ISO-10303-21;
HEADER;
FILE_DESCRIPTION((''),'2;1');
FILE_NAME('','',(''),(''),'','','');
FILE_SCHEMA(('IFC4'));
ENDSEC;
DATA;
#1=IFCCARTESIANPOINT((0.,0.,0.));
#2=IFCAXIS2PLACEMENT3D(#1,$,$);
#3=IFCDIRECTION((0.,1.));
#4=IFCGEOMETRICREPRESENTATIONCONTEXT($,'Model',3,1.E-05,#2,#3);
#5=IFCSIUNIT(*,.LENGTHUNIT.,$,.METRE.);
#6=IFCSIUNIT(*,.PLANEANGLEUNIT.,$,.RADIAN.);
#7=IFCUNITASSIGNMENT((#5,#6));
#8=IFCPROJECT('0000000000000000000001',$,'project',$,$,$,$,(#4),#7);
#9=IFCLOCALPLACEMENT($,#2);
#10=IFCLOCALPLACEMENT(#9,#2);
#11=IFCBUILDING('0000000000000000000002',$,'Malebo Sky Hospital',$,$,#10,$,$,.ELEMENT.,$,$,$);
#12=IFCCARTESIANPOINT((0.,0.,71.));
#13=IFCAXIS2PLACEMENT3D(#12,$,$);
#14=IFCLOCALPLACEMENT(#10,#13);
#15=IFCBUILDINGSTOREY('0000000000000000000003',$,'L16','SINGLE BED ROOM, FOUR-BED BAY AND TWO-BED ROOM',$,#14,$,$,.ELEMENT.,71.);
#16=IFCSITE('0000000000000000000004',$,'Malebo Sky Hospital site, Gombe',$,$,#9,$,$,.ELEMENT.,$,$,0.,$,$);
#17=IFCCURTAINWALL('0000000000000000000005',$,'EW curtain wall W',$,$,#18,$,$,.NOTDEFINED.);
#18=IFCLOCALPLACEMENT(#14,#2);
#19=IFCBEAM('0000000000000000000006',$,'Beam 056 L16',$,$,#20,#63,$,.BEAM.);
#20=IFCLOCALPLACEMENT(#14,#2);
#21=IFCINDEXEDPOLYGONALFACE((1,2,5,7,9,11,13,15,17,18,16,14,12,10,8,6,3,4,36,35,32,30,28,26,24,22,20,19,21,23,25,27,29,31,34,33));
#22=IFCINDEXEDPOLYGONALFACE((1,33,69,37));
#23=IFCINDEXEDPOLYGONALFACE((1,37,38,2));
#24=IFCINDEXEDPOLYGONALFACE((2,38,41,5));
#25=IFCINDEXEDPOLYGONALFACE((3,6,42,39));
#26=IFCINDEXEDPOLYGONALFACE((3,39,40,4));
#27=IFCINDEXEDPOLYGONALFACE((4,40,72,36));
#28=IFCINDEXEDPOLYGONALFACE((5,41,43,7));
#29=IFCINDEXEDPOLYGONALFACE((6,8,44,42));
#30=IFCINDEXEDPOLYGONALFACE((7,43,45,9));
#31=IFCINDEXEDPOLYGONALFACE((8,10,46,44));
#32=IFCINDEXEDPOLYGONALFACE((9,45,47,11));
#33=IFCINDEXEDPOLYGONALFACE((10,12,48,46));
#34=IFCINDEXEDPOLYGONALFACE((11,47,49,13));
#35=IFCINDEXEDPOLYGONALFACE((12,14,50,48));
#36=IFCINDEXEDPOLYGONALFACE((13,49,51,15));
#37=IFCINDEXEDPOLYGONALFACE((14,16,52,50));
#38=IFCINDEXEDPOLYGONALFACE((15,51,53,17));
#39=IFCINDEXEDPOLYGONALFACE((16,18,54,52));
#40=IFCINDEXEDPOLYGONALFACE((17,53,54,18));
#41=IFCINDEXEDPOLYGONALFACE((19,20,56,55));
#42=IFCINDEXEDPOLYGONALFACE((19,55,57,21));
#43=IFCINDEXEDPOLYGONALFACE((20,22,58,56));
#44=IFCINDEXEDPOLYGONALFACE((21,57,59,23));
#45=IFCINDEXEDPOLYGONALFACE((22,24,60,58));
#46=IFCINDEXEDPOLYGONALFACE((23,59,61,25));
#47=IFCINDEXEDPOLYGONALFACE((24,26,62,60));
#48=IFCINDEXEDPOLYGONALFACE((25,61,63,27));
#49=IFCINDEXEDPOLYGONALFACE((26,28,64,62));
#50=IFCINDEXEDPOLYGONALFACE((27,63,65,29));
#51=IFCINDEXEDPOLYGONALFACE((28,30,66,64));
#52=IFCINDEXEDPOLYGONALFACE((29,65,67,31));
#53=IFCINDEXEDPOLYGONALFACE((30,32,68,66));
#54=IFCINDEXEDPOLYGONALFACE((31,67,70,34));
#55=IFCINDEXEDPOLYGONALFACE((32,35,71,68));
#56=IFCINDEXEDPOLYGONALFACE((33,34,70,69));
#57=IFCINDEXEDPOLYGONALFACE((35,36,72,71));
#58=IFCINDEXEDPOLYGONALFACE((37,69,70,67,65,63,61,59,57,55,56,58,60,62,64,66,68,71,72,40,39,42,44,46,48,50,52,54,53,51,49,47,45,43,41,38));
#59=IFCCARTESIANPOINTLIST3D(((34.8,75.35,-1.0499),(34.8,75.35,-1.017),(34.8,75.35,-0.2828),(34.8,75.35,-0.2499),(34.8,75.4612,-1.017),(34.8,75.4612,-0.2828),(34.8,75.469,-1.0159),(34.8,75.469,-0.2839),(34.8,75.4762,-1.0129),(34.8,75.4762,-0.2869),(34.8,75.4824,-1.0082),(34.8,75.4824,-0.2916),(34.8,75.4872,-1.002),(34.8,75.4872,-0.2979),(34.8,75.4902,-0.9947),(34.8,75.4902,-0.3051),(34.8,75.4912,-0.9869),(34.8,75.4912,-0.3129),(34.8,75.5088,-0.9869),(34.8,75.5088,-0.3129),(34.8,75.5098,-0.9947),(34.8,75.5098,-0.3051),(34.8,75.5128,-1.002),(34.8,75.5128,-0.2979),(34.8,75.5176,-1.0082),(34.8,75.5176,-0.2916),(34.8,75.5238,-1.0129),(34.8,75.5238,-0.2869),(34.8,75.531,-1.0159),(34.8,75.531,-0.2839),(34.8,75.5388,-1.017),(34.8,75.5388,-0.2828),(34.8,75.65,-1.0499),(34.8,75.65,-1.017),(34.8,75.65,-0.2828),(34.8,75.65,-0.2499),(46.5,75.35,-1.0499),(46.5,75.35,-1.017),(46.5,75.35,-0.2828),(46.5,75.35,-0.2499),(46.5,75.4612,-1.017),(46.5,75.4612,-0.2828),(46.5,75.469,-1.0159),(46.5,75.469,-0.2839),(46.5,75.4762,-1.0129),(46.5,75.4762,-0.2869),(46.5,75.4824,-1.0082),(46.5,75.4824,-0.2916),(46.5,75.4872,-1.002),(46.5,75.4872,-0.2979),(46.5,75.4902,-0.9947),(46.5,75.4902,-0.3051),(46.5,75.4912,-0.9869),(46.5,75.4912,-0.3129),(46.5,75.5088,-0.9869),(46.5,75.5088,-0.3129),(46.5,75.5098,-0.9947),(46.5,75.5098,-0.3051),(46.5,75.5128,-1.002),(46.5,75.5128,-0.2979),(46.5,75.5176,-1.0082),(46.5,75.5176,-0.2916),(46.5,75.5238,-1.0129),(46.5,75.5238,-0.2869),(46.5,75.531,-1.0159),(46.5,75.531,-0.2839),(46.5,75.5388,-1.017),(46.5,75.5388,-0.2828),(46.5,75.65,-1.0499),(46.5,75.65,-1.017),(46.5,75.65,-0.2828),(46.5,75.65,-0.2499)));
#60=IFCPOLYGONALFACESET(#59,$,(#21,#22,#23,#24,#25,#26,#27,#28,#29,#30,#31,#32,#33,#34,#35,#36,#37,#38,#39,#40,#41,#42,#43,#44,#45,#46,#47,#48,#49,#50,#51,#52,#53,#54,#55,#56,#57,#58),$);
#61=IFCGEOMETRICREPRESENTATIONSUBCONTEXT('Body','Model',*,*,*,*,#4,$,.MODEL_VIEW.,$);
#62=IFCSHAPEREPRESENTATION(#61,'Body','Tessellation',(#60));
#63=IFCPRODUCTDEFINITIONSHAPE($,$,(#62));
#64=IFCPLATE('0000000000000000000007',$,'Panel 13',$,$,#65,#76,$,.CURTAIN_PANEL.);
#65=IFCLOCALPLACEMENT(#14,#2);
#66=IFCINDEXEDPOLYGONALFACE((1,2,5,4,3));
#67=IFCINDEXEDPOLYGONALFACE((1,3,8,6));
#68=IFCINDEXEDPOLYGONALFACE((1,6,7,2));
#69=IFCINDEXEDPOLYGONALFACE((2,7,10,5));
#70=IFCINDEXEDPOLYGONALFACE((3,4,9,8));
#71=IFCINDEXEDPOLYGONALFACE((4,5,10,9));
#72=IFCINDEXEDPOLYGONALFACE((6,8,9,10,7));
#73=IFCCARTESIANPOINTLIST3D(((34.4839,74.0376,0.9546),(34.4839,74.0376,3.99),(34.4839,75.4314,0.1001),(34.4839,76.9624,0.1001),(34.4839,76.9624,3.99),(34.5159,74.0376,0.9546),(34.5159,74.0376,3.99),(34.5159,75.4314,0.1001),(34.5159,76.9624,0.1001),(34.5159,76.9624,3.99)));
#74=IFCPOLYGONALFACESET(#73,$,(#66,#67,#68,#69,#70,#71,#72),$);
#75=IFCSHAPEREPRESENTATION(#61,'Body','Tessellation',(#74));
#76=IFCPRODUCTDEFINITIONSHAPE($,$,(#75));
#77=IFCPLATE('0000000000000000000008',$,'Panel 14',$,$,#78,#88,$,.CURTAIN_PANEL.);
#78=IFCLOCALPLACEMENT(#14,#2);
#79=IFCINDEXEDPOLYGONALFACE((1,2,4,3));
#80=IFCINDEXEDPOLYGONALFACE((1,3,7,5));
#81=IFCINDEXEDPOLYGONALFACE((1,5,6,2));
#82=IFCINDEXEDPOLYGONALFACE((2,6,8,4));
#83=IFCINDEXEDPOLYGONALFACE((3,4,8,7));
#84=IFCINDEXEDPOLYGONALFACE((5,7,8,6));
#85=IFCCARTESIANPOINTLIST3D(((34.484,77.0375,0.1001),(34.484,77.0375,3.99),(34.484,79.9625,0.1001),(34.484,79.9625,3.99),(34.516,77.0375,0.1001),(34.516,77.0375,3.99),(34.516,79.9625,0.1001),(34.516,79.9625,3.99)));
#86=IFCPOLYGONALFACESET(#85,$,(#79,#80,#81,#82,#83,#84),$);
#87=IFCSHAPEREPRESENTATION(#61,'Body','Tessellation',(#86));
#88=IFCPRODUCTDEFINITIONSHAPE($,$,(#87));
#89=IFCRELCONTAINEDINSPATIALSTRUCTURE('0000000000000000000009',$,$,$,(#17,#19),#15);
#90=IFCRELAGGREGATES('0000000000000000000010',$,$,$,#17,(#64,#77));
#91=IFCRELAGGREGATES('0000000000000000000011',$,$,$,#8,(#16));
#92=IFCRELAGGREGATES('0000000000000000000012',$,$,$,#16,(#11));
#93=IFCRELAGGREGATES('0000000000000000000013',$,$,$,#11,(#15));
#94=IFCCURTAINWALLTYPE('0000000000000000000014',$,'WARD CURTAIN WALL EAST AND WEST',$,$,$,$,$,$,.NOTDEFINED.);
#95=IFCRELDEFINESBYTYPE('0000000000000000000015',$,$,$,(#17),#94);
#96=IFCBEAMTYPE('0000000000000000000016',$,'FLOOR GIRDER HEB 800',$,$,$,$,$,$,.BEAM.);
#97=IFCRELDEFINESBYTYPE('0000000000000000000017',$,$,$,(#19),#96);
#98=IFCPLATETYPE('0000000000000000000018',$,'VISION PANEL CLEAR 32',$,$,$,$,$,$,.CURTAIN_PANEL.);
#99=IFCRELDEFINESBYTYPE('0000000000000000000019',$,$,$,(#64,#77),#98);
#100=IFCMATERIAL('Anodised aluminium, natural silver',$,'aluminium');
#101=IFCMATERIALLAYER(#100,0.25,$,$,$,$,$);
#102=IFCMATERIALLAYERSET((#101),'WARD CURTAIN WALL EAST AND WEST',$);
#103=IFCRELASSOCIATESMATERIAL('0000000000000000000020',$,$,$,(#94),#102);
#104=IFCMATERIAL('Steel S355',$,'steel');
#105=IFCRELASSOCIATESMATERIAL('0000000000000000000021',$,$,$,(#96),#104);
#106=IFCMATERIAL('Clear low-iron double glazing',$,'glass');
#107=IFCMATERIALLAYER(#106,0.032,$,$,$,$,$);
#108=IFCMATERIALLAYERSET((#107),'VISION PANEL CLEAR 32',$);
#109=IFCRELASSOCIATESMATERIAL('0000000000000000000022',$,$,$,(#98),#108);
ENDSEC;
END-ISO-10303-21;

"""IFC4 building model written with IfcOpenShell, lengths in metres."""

from ifc_helpers import new_model, si_unit, direction, frame, origin, origin_2d, place, context, subcontext, project, spatial, polyline, rectangle, i_section, outline, extrude, material, layer, layer_set, material_profile, profile_set, type_object, element, aggregate, save


model = new_model("IFC4")

# Units and contexts
model_context = context("Model", 3, precision=1e-05, world=origin(), true_north=direction((0.0, 1.0)))
body_context = subcontext(model_context, "Body", "Model", "MODEL_VIEW")
ifc_project = project(units=[si_unit("LENGTHUNIT", "METRE"), si_unit("PLANEANGLEUNIT", "RADIAN")], contexts=[model_context])

# Site, building, storey
site_placement = place(None, origin())
site = spatial("IfcSite", under=ifc_project, at=site_placement, Name="Malebo Sky Hospital site, Gombe", CompositionType="ELEMENT", RefElevation=0.0)
building_placement = place(site_placement, origin())
building = spatial("IfcBuilding", under=site, at=building_placement, Name="Malebo Sky Hospital", CompositionType="ELEMENT")
storey_placement = place(building_placement, frame((0.0, 0.0, 71.0)))
storey = spatial("IfcBuildingStorey", under=building, at=storey_placement, Name="L16", Description="SINGLE BED ROOM, FOUR-BED BAY AND TWO-BED ROOM", CompositionType="ELEMENT", Elevation=71.0)

# Curtain wall
ifc_material_1 = material(Name="Anodised aluminium, natural silver", Category="aluminium")
ifc_layer_1 = layer(ifc_material_1, 0.25)
ifc_layer_set_1 = layer_set([ifc_layer_1], Name="WARD CURTAIN WALL EAST AND WEST")
curtain_wall_type = type_object("IfcCurtainWallType", Name="WARD CURTAIN WALL EAST AND WEST", PredefinedType="NOTDEFINED", material=ifc_layer_set_1)
curtain_wall_placement = place(storey_placement, origin())
curtain_wall = element("IfcCurtainWall", 1, at=curtain_wall_placement, inside=storey, type_object=curtain_wall_type, Name="EW curtain wall W", PredefinedType="NOTDEFINED")

# Shared definitions
ifc_material_2 = material(Name="Steel S355", Category="steel")

# Beam
ifc_material_profile_1 = material_profile(ifc_material_2, i_section(OverallWidth=0.3, OverallDepth=0.8, WebThickness=0.0176, FlangeThickness=0.033, FilletRadius=0.03, at=origin_2d()), Name="HEB 800")
ifc_profile_set_1 = profile_set([ifc_material_profile_1], Name="Steel S355")
beam_type_1 = type_object("IfcBeamType", Name="FLOOR GIRDER HEB 800", PredefinedType="BEAM", material=ifc_profile_set_1)
beam_1_placement = place(storey_placement, frame((34.8, 75.5, -0.6499), z_axis=(1.0, 0.0, 0.0), x_axis=(0.0, 1.0, 0.0)))
element("IfcBeam", 2, at=beam_1_placement, inside=storey, type_object=beam_type_1, Name="Beam 056 L16", PredefinedType="BEAM", context=body_context, shape_type="SweptSolid", body=[
    extrude(i_section(OverallWidth=0.3, OverallDepth=0.8, WebThickness=0.0176, FlangeThickness=0.033, FilletRadius=0.03, at=origin_2d()), origin(), (0.0, 0.0, 1.0), 11.7),
])

# Plates
ifc_material_3 = material(Name="Clear low-iron double glazing", Category="glass")
ifc_layer_2 = layer(ifc_material_3, 0.032)
ifc_layer_set_2 = layer_set([ifc_layer_2], Name="VISION PANEL CLEAR 32")
plate_type = type_object("IfcPlateType", Name="VISION PANEL CLEAR 32", PredefinedType="CURTAIN_PANEL", material=ifc_layer_set_2)
plate_1_placement = place(storey_placement, frame((34.5, 75.5, 0.1001), z_axis=(0.0, 0.0, 1.0), x_axis=(0.0, 1.0, 0.0)))
plate_1 = element("IfcPlate", 3, at=plate_1_placement, type_object=plate_type, Name="Panel 13", PredefinedType="CURTAIN_PANEL", context=body_context, shape_type="SweptSolid", body=[
    extrude(outline(polyline([(-0.0686, 0.0), (1.4624, 0.0), (1.4624, 3.8899), (-1.4624, 3.8899), (-1.4624, 0.8545), (-0.0686, 0.0)])), frame((0.0, 0.0161, 0.0), z_axis=(0.0, -1.0, 0.0), x_axis=(1.0, 0.0, 0.0)), (0.0, 0.0, 1.0), 0.032),
])
plate_2_placement = place(storey_placement, frame((34.5, 78.5, 0.1001), z_axis=(0.0, 0.0, 1.0), x_axis=(0.0, 1.0, 0.0)))
plate_2 = element("IfcPlate", 4, at=plate_2_placement, type_object=plate_type, Name="Panel 14", PredefinedType="CURTAIN_PANEL", context=body_context, shape_type="SweptSolid", body=[
    extrude(rectangle(XDim=2.925, YDim=0.032, at=origin_2d()), origin(), (0.0, 0.0, 1.0), 3.8899),
])
aggregate(curtain_wall, [plate_1, plate_2])

save(model, "model.ifc")
